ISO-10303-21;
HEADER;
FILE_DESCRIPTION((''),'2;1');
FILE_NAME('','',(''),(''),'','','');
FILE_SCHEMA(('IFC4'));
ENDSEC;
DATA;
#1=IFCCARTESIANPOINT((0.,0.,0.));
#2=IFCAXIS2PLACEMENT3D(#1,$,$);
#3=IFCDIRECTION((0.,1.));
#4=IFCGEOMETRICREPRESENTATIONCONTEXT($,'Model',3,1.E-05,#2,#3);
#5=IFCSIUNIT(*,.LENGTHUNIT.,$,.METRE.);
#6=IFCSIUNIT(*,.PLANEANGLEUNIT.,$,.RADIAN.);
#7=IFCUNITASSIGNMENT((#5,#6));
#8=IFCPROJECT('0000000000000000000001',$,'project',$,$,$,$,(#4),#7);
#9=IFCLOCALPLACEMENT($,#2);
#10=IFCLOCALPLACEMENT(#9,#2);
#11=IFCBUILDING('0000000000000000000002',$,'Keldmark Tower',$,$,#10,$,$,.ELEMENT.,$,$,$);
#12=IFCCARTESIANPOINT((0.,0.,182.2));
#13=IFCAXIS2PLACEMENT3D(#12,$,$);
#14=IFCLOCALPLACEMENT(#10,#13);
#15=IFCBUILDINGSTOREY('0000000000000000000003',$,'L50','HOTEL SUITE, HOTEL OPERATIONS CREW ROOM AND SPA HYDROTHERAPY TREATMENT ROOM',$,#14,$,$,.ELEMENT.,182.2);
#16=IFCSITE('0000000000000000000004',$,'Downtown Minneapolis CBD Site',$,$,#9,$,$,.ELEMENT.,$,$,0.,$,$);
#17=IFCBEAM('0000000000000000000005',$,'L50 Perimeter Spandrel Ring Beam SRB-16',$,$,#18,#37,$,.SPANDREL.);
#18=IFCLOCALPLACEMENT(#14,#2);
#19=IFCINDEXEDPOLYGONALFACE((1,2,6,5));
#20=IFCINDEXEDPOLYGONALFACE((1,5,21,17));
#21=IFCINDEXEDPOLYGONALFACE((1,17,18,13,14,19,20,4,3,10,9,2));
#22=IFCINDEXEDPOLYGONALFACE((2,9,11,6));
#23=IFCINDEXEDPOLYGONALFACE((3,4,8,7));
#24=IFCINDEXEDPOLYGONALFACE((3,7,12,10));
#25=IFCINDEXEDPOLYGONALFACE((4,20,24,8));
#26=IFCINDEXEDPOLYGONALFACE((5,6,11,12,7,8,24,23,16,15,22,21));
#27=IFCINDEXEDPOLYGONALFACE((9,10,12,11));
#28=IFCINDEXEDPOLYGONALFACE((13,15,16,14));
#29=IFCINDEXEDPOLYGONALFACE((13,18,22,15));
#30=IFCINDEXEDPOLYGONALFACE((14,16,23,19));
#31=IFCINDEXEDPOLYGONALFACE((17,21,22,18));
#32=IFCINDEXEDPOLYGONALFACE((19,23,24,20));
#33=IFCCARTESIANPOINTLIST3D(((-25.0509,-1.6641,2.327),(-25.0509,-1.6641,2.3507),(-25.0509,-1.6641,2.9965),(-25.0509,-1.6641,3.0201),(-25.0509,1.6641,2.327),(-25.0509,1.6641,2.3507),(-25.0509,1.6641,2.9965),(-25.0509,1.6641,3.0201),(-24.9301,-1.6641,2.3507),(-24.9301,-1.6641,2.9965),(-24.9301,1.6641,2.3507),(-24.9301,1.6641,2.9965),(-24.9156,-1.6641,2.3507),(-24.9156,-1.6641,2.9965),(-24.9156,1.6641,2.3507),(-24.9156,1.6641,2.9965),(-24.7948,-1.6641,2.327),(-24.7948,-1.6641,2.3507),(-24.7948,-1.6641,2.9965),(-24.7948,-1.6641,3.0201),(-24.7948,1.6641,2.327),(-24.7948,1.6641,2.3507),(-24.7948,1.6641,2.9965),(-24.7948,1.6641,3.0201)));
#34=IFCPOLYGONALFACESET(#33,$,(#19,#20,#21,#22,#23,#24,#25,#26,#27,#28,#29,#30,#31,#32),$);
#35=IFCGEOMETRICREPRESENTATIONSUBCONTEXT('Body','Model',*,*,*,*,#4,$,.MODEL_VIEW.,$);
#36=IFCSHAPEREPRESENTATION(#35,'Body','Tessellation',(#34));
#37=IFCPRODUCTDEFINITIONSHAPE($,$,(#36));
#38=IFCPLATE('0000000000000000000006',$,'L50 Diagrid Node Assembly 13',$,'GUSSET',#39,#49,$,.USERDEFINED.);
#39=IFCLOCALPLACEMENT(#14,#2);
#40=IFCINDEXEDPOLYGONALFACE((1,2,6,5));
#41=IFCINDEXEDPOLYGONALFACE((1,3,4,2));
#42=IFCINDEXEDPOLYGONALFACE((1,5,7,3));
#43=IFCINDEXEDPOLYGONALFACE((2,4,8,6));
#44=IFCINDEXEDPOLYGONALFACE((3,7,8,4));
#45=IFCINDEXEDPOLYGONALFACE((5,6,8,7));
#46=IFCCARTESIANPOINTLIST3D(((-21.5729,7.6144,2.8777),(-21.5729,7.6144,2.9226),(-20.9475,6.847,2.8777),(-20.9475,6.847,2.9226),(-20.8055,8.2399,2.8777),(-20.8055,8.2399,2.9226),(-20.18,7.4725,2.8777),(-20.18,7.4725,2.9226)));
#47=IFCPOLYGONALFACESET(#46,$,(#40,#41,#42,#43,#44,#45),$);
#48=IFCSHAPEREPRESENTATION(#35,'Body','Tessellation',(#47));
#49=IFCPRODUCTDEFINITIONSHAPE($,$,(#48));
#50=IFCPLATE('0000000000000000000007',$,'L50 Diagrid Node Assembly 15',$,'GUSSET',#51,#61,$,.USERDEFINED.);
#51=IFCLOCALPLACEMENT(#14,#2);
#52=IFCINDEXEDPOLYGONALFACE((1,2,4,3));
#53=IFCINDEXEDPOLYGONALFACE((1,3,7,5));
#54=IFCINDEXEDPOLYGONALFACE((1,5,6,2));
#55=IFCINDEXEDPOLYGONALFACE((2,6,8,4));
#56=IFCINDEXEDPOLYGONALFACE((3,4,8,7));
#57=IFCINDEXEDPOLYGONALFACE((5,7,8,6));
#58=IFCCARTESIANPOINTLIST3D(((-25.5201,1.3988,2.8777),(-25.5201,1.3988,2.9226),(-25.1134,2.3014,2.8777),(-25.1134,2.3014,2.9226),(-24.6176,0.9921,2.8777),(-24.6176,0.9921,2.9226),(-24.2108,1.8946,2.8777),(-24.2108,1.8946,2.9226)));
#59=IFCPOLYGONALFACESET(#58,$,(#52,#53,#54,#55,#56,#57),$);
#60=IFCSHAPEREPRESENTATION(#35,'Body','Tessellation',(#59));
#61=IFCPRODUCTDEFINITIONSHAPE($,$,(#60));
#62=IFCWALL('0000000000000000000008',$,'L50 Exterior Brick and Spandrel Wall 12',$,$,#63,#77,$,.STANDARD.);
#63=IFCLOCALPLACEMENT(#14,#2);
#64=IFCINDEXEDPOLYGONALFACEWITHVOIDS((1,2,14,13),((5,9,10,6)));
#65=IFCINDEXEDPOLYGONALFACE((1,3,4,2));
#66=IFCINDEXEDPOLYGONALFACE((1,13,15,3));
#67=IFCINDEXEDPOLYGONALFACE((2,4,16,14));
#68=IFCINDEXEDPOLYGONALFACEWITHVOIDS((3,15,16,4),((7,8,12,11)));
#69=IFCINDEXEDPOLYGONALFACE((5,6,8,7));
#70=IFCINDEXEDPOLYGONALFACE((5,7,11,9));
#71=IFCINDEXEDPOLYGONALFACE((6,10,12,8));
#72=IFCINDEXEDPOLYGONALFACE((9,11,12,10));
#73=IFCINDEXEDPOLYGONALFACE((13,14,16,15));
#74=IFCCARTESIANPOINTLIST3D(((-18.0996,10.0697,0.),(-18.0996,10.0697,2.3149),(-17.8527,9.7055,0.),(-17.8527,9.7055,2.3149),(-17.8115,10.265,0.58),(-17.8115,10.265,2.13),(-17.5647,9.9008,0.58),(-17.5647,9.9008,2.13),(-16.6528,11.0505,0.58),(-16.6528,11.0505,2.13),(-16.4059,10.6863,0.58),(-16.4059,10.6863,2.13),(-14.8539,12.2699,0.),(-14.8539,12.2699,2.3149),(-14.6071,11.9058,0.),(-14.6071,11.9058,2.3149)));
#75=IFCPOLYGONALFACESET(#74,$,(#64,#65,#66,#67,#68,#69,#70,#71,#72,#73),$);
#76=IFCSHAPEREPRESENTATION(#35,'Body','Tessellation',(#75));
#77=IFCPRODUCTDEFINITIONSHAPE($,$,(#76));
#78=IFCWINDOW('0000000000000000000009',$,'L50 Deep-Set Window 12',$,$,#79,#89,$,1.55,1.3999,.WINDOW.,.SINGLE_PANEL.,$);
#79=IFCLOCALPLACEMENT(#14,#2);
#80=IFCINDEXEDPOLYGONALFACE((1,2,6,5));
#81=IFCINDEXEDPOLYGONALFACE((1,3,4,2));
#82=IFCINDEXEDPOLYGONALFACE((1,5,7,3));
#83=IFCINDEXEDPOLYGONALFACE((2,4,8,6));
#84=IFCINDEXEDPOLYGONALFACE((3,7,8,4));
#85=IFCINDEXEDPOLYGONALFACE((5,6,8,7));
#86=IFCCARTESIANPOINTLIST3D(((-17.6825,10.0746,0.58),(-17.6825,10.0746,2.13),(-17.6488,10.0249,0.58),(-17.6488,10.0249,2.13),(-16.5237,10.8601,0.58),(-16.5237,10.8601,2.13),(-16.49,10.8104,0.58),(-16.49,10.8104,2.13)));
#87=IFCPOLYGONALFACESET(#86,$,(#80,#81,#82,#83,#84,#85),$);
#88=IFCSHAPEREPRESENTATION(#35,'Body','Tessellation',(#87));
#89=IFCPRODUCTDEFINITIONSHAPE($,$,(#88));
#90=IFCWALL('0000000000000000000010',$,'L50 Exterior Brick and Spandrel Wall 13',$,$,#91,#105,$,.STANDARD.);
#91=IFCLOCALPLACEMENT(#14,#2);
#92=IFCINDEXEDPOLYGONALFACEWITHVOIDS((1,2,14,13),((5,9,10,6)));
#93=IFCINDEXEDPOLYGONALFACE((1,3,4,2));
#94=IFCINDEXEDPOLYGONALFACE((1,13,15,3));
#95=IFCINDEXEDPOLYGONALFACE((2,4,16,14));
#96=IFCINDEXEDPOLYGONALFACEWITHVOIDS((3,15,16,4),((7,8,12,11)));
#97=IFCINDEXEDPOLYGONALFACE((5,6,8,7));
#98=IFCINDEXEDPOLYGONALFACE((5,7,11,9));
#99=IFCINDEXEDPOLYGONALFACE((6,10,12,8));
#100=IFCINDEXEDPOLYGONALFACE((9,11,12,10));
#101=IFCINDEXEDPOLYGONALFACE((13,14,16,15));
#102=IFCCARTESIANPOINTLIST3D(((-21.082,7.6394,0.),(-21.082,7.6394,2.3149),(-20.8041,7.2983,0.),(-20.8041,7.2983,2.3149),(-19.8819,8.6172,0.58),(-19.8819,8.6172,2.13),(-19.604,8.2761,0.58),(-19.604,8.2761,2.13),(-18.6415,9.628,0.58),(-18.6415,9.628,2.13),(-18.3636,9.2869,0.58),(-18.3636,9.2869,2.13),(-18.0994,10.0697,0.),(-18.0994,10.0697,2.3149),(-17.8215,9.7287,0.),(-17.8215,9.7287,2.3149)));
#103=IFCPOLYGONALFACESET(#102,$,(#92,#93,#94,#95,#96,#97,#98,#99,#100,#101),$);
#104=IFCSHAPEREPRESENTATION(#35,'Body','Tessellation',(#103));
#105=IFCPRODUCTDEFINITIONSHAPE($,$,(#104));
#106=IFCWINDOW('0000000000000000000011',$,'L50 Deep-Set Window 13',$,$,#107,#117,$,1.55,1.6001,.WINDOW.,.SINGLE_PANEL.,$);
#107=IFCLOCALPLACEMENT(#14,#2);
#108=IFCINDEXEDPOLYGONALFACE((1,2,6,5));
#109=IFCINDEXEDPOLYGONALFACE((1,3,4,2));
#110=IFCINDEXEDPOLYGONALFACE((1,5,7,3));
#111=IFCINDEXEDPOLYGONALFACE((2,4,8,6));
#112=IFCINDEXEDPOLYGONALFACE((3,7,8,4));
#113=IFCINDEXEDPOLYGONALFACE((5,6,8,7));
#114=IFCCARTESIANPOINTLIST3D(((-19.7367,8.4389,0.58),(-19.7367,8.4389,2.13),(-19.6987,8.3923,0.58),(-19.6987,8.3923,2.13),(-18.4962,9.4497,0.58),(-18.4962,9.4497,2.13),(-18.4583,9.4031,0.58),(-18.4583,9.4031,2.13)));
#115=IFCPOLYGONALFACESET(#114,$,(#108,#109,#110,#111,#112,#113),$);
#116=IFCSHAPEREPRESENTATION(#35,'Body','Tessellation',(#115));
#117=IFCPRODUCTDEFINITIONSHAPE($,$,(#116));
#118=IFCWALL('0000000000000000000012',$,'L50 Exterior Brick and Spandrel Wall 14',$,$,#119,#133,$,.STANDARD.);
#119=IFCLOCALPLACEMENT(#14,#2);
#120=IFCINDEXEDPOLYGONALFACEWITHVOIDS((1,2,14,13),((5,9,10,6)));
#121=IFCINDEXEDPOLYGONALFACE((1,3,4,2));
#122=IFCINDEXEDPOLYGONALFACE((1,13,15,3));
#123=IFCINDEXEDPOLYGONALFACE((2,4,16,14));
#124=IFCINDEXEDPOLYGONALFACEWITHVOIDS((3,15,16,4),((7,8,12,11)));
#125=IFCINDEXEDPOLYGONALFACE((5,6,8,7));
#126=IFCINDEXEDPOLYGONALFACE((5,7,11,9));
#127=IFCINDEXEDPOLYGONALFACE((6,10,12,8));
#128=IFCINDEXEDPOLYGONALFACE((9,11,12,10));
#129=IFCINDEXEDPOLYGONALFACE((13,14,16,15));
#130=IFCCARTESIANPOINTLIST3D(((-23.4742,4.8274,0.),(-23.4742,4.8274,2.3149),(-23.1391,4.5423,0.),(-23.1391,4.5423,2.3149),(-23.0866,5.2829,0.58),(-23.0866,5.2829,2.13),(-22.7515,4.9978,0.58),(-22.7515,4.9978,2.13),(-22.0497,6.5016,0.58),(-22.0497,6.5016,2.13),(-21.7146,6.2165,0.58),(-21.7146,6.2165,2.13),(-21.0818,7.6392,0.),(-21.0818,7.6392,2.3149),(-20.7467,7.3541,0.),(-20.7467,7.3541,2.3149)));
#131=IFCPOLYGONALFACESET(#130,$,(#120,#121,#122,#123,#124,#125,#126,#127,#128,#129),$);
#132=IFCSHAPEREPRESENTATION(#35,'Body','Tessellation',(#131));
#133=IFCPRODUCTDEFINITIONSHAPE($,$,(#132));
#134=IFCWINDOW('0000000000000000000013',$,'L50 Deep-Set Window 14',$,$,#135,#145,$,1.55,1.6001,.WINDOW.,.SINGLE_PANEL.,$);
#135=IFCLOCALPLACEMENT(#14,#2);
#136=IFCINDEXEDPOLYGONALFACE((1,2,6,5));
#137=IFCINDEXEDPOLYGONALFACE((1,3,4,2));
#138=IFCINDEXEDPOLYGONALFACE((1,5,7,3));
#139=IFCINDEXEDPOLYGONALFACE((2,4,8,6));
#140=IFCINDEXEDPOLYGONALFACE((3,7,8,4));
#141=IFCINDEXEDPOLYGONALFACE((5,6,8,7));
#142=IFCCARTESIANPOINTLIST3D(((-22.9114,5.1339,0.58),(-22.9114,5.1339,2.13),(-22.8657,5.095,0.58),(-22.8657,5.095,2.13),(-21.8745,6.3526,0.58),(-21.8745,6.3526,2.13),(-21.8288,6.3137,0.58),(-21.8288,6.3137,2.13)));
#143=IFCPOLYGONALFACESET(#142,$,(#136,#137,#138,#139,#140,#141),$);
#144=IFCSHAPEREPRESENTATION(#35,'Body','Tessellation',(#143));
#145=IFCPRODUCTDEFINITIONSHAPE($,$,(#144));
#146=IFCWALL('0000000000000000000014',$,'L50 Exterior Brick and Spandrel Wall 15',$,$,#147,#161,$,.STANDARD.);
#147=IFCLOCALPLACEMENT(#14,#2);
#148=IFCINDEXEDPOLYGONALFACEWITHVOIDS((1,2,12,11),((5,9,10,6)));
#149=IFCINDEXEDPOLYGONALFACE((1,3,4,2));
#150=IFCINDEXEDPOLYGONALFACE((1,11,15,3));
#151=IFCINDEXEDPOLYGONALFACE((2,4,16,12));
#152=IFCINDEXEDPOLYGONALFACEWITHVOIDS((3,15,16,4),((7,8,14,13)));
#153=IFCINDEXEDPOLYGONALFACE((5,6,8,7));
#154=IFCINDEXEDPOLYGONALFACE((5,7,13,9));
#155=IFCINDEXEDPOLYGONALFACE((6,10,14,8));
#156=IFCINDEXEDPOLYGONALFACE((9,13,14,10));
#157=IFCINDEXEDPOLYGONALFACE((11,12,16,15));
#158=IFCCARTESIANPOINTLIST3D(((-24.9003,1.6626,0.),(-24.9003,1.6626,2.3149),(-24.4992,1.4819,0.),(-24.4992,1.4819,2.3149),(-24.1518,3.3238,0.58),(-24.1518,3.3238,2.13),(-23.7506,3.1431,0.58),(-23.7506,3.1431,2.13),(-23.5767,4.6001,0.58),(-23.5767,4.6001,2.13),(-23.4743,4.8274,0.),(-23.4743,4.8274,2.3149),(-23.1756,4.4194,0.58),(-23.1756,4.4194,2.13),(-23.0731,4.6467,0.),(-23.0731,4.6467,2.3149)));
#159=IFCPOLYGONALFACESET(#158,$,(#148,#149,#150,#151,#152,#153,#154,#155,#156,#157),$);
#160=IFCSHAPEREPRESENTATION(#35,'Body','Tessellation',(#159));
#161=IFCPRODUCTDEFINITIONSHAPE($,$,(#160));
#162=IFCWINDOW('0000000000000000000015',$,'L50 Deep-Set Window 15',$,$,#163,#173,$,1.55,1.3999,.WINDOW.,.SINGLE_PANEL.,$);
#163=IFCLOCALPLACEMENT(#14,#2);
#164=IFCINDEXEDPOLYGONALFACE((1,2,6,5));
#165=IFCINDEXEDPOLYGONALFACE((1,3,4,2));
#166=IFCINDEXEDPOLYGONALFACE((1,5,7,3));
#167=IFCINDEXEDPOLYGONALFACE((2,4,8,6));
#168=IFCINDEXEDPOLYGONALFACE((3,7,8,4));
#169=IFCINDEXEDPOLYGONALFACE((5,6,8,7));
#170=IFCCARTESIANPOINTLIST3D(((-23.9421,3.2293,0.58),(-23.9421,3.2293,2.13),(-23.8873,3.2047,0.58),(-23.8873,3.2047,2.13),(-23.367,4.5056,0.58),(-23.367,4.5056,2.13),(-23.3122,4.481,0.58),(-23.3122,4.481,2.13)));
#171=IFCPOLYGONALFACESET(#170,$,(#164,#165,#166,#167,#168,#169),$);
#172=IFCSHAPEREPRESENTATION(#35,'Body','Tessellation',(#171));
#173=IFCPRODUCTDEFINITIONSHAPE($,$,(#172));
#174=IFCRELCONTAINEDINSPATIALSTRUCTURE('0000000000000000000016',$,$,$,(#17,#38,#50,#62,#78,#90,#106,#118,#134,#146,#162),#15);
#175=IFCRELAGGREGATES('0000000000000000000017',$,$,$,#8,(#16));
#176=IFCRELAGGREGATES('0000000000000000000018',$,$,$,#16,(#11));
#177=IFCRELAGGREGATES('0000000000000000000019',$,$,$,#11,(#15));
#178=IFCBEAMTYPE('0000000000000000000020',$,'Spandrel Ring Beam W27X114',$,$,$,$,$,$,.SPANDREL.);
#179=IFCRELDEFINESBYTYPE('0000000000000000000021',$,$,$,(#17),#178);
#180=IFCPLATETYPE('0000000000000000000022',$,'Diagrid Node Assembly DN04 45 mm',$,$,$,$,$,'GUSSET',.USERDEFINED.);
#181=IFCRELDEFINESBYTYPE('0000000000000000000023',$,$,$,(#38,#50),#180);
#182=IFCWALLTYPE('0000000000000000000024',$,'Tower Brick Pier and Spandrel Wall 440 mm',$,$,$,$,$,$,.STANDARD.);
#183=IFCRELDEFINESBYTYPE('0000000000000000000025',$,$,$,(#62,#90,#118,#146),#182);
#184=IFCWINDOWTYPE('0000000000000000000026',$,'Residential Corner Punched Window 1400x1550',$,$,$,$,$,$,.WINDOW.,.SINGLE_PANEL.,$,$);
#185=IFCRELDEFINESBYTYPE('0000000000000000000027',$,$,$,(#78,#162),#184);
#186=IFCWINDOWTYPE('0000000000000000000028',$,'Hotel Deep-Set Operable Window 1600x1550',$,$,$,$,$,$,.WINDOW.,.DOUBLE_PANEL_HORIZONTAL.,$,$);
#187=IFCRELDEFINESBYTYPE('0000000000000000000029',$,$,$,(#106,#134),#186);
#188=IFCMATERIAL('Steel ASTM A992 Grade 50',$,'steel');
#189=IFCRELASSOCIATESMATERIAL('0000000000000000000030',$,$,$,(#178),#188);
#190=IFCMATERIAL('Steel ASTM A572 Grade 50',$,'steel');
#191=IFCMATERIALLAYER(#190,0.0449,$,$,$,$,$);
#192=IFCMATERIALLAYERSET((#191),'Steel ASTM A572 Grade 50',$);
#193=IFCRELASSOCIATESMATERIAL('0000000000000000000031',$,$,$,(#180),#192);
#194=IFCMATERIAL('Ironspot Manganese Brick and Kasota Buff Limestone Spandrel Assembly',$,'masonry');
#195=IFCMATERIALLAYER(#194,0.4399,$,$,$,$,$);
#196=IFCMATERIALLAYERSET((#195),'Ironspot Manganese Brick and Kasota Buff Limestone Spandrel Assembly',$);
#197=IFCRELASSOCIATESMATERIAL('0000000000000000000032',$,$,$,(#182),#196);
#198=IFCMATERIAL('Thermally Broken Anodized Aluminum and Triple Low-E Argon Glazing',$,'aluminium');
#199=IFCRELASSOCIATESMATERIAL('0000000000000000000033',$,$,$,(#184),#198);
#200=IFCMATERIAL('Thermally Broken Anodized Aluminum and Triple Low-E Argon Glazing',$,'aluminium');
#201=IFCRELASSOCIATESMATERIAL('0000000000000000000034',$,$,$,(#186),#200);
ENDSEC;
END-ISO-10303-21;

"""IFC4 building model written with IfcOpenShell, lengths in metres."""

from ifc_helpers import new_model, si_unit, direction, frame, frame_2d, origin, origin_2d, place, context, subcontext, project, spatial, rectangle, i_section, extrude, material, layer, layer_set, material_profile, profile_set, type_object, element, fill, save


model = new_model("IFC4")

# Units and contexts
model_context = context("Model", 3, precision=1e-05, world=origin(), true_north=direction((0.0, 1.0)))
body_context = subcontext(model_context, "Body", "Model", "MODEL_VIEW")
ifc_project = project(units=[si_unit("LENGTHUNIT", "METRE"), si_unit("PLANEANGLEUNIT", "RADIAN")], contexts=[model_context])

# Site, building, storey
site_placement = place(None, origin())
site = spatial("IfcSite", under=ifc_project, at=site_placement, Name="Downtown Minneapolis CBD Site", CompositionType="ELEMENT", RefElevation=0.0)
building_placement = place(site_placement, origin())
building = spatial("IfcBuilding", under=site, at=building_placement, Name="Keldmark Tower", CompositionType="ELEMENT")
storey_placement = place(building_placement, frame((0.0, 0.0, 182.2)))
storey = spatial("IfcBuildingStorey", under=building, at=storey_placement, Name="L50", Description="HOTEL SUITE, HOTEL OPERATIONS CREW ROOM AND SPA HYDROTHERAPY TREATMENT ROOM", CompositionType="ELEMENT", Elevation=182.2)

# Beam
ifc_material_1 = material(Name="Steel ASTM A992 Grade 50", Category="steel")
ifc_material_profile_1 = material_profile(ifc_material_1, i_section(OverallWidth=0.2561, OverallDepth=0.6931, WebThickness=0.0144, FlangeThickness=0.0237, at=origin_2d()), Name="W27X114")
ifc_profile_set_1 = profile_set([ifc_material_profile_1], Name="Steel ASTM A992 Grade 50")
beam_type_1 = type_object("IfcBeamType", Name="Spandrel Ring Beam W27X114", PredefinedType="SPANDREL", material=ifc_profile_set_1)
beam_1_placement = place(storey_placement, frame((-24.9229, 1.6641, 2.6736), z_axis=(0.0, -1.0, 0.0), x_axis=(1.0, 0.0, 0.0)))
element("IfcBeam", 1, at=beam_1_placement, inside=storey, type_object=beam_type_1, Name="L50 Perimeter Spandrel Ring Beam SRB-16", PredefinedType="SPANDREL", context=body_context, shape_type="SweptSolid", body=[
    extrude(i_section(OverallWidth=0.2561, OverallDepth=0.6931, WebThickness=0.0144, FlangeThickness=0.0237, at=origin_2d()), origin(), (0.0, 0.0, 1.0), 3.3281),
])

# Plates
ifc_material_2 = material(Name="Steel ASTM A572 Grade 50", Category="steel")
ifc_layer_1 = layer(ifc_material_2, 0.0449)
ifc_layer_set_1 = layer_set([ifc_layer_1], Name="Steel ASTM A572 Grade 50")
plate_type = type_object("IfcPlateType", Name="Diagrid Node Assembly DN04 45 mm", ElementType="GUSSET", PredefinedType="USERDEFINED", material=ifc_layer_set_1)
for number, where, z_axis, x_axis, name in (
    (2, (-20.8765, 7.5435, 2.8777), (0.0, 0.0, 1.0), (-0.775165, -0.631759, 0.0), "L50 Diagrid Node Assembly 13"),
    (3, (-24.8655, 1.6467, 2.8777), (0.0, 0.0, 1.0), (-0.410878, -0.91169, 0.0), "L50 Diagrid Node Assembly 15"),
):
    element("IfcPlate", number, at=place(storey_placement, frame(where, z_axis=z_axis, x_axis=x_axis)), inside=storey, type_object=plate_type, Name=name, ObjectType="GUSSET", PredefinedType="USERDEFINED", context=body_context, shape_type="SweptSolid", body=[
        extrude(rectangle(XDim=0.99, YDim=0.99, at=origin_2d()), origin(), (0.0, 0.0, 1.0), 0.0449),
    ])

# Walls, openings, windows
ifc_material_3 = material(Name="Ironspot Manganese Brick and Kasota Buff Limestone Spandrel Assembly", Category="masonry")
ifc_layer_2 = layer(ifc_material_3, 0.4399)
ifc_layer_set_2 = layer_set([ifc_layer_2], Name="Ironspot Manganese Brick and Kasota Buff Limestone Spandrel Assembly")
wall_type_1 = type_object("IfcWallType", Name="Tower Brick Pier and Spandrel Wall 440 mm", PredefinedType="STANDARD", material=ifc_layer_set_2)
wall_1_placement = place(storey_placement, frame((-17.9761, 9.8877, 0.0), z_axis=(0.0, 0.0, 1.0), x_axis=(0.827734, 0.561121, 0.0)))
wall_1 = element("IfcWall", 4, at=wall_1_placement, inside=storey, type_object=wall_type_1, Name="L50 Exterior Brick and Spandrel Wall 12", PredefinedType="STANDARD", context=body_context, shape_type="SweptSolid", body=[
    extrude(rectangle(XDim=3.9211, YDim=0.4399, at=frame_2d((1.9604, 0.0))), origin(), (0.0, 0.0, 1.0), 2.3149),
])
opening_1_placement = place(wall_1_placement, frame((0.3479, 0.0, 0.5801)))
opening_1 = element("IfcOpeningElement", 5, at=opening_1_placement, cuts=wall_1, PredefinedType="OPENING", context=body_context, shape_type="SweptSolid", body=[
    extrude(rectangle(XDim=1.3999, YDim=1.55, at=frame_2d((0.7, 0.7749))), frame((0.0, 0.23, 0.0), z_axis=(0.0, -1.0, 0.0), x_axis=(1.0, 0.0, 0.0)), (0.0, 0.0, 1.0), 0.46),
])
ifc_material_4 = material(Name="Thermally Broken Anodized Aluminum and Triple Low-E Argon Glazing", Category="aluminium")
window_type_1 = type_object("IfcWindowType", Name="Residential Corner Punched Window 1400x1550", PartitioningType="SINGLE_PANEL", PredefinedType="WINDOW", material=ifc_material_4)
window_1_placement = place(opening_1_placement, origin())
window_1 = element("IfcWindow", 6, at=window_1_placement, inside=storey, type_object=window_type_1, Name="L50 Deep-Set Window 12", OverallHeight=1.55, OverallWidth=1.3999, PartitioningType="SINGLE_PANEL", PredefinedType="WINDOW", context=body_context, shape_type="SweptSolid", body=[
    extrude(rectangle(XDim=1.3999, YDim=1.55, at=frame_2d((0.7, 0.7749))), frame((0.0, -0.01, 0.0), z_axis=(0.0, -1.0, 0.0), x_axis=(1.0, 0.0, 0.0)), (0.0, 0.0, 1.0), 0.0601),
])
fill(opening_1, window_1)
wall_2_placement = place(storey_placement, frame((-20.9431, 7.4688, 0.0), z_axis=(0.0, 0.0, 1.0), x_axis=(0.775222, 0.631688, 0.0)))
wall_2 = element("IfcWall", 7, at=wall_2_placement, inside=storey, type_object=wall_type_1, Name="L50 Exterior Brick and Spandrel Wall 13", PredefinedType="STANDARD", context=body_context, shape_type="SweptSolid", body=[
    extrude(rectangle(XDim=3.8474, YDim=0.4399, at=frame_2d((1.9238, 0.0))), origin(), (0.0, 0.0, 1.0), 2.3149),
])
opening_2_placement = place(wall_2_placement, frame((1.5481, 0.0, 0.5801)))
opening_2 = element("IfcOpeningElement", 8, at=opening_2_placement, cuts=wall_2, PredefinedType="OPENING", context=body_context, shape_type="SweptSolid", body=[
    extrude(rectangle(XDim=1.6001, YDim=1.55, at=frame_2d((0.8, 0.7749))), frame((0.0, 0.23, 0.0), z_axis=(0.0, -1.0, 0.0), x_axis=(1.0, 0.0, 0.0)), (0.0, 0.0, 1.0), 0.46),
])
ifc_material_5 = material(Name="Thermally Broken Anodized Aluminum and Triple Low-E Argon Glazing", Category="aluminium")
window_type_2 = type_object("IfcWindowType", Name="Hotel Deep-Set Operable Window 1600x1550", PartitioningType="DOUBLE_PANEL_HORIZONTAL", PredefinedType="WINDOW", material=ifc_material_5)
window_2_placement = place(opening_2_placement, origin())
window_2 = element("IfcWindow", 9, at=window_2_placement, inside=storey, type_object=window_type_2, Name="L50 Deep-Set Window 13", OverallHeight=1.55, OverallWidth=1.6001, PartitioningType="SINGLE_PANEL", PredefinedType="WINDOW", context=body_context, shape_type="SweptSolid", body=[
    extrude(rectangle(XDim=1.6001, YDim=1.55, at=frame_2d((0.8, 0.7749))), frame((0.0, -0.01, 0.0), z_axis=(0.0, -1.0, 0.0), x_axis=(1.0, 0.0, 0.0)), (0.0, 0.0, 1.0), 0.0601),
])
fill(opening_2, window_2)
wall_3_placement = place(storey_placement, frame((-23.3066, 4.6848, 0.0), z_axis=(0.0, 0.0, 1.0), x_axis=(0.648015, 0.761628, 0.0)))
wall_3 = element("IfcWall", 10, at=wall_3_placement, inside=storey, type_object=wall_type_1, Name="L50 Exterior Brick and Spandrel Wall 14", PredefinedType="STANDARD", context=body_context, shape_type="SweptSolid", body=[
    extrude(rectangle(XDim=3.6919, YDim=0.4399, at=frame_2d((1.8459, 0.0))), origin(), (0.0, 0.0, 1.0), 2.3149),
])
opening_3_placement = place(wall_3_placement, frame((0.5981, 0.0, 0.5801)))
opening_3 = element("IfcOpeningElement", 11, at=opening_3_placement, cuts=wall_3, PredefinedType="OPENING", context=body_context, shape_type="SweptSolid", body=[
    extrude(rectangle(XDim=1.6001, YDim=1.55, at=frame_2d((0.8, 0.7749))), frame((0.0, 0.23, 0.0), z_axis=(0.0, -1.0, 0.0), x_axis=(1.0, 0.0, 0.0)), (0.0, 0.0, 1.0), 0.46),
])
window_3_placement = place(opening_3_placement, origin())
window_3 = element("IfcWindow", 12, at=window_3_placement, inside=storey, type_object=window_type_2, Name="L50 Deep-Set Window 14", OverallHeight=1.55, OverallWidth=1.6001, PartitioningType="SINGLE_PANEL", PredefinedType="WINDOW", context=body_context, shape_type="SweptSolid", body=[
    extrude(rectangle(XDim=1.6001, YDim=1.55, at=frame_2d((0.8, 0.7749))), frame((0.0, -0.01, 0.0), z_axis=(0.0, -1.0, 0.0), x_axis=(1.0, 0.0, 0.0)), (0.0, 0.0, 1.0), 0.0601),
])
fill(opening_3, window_3)
wall_4_placement = place(storey_placement, frame((-24.6997, 1.5723, 0.0), z_axis=(0.0, 0.0, 1.0), x_axis=(0.410812, 0.91172, 0.0)))
wall_4 = element("IfcWall", 13, at=wall_4_placement, inside=storey, type_object=wall_type_1, Name="L50 Exterior Brick and Spandrel Wall 15", PredefinedType="STANDARD", context=body_context, shape_type="SweptSolid", body=[
    extrude(rectangle(XDim=3.4712, YDim=0.4399, at=frame_2d((1.7356, 0.0))), origin(), (0.0, 0.0, 1.0), 2.3149),
])
opening_4_placement = place(wall_4_placement, frame((1.822, 0.0, 0.5801)))
opening_4 = element("IfcOpeningElement", 14, at=opening_4_placement, cuts=wall_4, PredefinedType="OPENING", context=body_context, shape_type="SweptSolid", body=[
    extrude(rectangle(XDim=1.3999, YDim=1.55, at=frame_2d((0.7, 0.7749))), frame((0.0, 0.23, 0.0), z_axis=(0.0, -1.0, 0.0), x_axis=(1.0, 0.0, 0.0)), (0.0, 0.0, 1.0), 0.46),
])
window_4_placement = place(opening_4_placement, origin())
window_4 = element("IfcWindow", 15, at=window_4_placement, inside=storey, type_object=window_type_1, Name="L50 Deep-Set Window 15", OverallHeight=1.55, OverallWidth=1.3999, PartitioningType="SINGLE_PANEL", PredefinedType="WINDOW", context=body_context, shape_type="SweptSolid", body=[
    extrude(rectangle(XDim=1.3999, YDim=1.55, at=frame_2d((0.7, 0.7749))), frame((0.0, -0.01, 0.0), z_axis=(0.0, -1.0, 0.0), x_axis=(1.0, 0.0, 0.0)), (0.0, 0.0, 1.0), 0.0601),
])
fill(opening_4, window_4)

save(model, "model.ifc")
